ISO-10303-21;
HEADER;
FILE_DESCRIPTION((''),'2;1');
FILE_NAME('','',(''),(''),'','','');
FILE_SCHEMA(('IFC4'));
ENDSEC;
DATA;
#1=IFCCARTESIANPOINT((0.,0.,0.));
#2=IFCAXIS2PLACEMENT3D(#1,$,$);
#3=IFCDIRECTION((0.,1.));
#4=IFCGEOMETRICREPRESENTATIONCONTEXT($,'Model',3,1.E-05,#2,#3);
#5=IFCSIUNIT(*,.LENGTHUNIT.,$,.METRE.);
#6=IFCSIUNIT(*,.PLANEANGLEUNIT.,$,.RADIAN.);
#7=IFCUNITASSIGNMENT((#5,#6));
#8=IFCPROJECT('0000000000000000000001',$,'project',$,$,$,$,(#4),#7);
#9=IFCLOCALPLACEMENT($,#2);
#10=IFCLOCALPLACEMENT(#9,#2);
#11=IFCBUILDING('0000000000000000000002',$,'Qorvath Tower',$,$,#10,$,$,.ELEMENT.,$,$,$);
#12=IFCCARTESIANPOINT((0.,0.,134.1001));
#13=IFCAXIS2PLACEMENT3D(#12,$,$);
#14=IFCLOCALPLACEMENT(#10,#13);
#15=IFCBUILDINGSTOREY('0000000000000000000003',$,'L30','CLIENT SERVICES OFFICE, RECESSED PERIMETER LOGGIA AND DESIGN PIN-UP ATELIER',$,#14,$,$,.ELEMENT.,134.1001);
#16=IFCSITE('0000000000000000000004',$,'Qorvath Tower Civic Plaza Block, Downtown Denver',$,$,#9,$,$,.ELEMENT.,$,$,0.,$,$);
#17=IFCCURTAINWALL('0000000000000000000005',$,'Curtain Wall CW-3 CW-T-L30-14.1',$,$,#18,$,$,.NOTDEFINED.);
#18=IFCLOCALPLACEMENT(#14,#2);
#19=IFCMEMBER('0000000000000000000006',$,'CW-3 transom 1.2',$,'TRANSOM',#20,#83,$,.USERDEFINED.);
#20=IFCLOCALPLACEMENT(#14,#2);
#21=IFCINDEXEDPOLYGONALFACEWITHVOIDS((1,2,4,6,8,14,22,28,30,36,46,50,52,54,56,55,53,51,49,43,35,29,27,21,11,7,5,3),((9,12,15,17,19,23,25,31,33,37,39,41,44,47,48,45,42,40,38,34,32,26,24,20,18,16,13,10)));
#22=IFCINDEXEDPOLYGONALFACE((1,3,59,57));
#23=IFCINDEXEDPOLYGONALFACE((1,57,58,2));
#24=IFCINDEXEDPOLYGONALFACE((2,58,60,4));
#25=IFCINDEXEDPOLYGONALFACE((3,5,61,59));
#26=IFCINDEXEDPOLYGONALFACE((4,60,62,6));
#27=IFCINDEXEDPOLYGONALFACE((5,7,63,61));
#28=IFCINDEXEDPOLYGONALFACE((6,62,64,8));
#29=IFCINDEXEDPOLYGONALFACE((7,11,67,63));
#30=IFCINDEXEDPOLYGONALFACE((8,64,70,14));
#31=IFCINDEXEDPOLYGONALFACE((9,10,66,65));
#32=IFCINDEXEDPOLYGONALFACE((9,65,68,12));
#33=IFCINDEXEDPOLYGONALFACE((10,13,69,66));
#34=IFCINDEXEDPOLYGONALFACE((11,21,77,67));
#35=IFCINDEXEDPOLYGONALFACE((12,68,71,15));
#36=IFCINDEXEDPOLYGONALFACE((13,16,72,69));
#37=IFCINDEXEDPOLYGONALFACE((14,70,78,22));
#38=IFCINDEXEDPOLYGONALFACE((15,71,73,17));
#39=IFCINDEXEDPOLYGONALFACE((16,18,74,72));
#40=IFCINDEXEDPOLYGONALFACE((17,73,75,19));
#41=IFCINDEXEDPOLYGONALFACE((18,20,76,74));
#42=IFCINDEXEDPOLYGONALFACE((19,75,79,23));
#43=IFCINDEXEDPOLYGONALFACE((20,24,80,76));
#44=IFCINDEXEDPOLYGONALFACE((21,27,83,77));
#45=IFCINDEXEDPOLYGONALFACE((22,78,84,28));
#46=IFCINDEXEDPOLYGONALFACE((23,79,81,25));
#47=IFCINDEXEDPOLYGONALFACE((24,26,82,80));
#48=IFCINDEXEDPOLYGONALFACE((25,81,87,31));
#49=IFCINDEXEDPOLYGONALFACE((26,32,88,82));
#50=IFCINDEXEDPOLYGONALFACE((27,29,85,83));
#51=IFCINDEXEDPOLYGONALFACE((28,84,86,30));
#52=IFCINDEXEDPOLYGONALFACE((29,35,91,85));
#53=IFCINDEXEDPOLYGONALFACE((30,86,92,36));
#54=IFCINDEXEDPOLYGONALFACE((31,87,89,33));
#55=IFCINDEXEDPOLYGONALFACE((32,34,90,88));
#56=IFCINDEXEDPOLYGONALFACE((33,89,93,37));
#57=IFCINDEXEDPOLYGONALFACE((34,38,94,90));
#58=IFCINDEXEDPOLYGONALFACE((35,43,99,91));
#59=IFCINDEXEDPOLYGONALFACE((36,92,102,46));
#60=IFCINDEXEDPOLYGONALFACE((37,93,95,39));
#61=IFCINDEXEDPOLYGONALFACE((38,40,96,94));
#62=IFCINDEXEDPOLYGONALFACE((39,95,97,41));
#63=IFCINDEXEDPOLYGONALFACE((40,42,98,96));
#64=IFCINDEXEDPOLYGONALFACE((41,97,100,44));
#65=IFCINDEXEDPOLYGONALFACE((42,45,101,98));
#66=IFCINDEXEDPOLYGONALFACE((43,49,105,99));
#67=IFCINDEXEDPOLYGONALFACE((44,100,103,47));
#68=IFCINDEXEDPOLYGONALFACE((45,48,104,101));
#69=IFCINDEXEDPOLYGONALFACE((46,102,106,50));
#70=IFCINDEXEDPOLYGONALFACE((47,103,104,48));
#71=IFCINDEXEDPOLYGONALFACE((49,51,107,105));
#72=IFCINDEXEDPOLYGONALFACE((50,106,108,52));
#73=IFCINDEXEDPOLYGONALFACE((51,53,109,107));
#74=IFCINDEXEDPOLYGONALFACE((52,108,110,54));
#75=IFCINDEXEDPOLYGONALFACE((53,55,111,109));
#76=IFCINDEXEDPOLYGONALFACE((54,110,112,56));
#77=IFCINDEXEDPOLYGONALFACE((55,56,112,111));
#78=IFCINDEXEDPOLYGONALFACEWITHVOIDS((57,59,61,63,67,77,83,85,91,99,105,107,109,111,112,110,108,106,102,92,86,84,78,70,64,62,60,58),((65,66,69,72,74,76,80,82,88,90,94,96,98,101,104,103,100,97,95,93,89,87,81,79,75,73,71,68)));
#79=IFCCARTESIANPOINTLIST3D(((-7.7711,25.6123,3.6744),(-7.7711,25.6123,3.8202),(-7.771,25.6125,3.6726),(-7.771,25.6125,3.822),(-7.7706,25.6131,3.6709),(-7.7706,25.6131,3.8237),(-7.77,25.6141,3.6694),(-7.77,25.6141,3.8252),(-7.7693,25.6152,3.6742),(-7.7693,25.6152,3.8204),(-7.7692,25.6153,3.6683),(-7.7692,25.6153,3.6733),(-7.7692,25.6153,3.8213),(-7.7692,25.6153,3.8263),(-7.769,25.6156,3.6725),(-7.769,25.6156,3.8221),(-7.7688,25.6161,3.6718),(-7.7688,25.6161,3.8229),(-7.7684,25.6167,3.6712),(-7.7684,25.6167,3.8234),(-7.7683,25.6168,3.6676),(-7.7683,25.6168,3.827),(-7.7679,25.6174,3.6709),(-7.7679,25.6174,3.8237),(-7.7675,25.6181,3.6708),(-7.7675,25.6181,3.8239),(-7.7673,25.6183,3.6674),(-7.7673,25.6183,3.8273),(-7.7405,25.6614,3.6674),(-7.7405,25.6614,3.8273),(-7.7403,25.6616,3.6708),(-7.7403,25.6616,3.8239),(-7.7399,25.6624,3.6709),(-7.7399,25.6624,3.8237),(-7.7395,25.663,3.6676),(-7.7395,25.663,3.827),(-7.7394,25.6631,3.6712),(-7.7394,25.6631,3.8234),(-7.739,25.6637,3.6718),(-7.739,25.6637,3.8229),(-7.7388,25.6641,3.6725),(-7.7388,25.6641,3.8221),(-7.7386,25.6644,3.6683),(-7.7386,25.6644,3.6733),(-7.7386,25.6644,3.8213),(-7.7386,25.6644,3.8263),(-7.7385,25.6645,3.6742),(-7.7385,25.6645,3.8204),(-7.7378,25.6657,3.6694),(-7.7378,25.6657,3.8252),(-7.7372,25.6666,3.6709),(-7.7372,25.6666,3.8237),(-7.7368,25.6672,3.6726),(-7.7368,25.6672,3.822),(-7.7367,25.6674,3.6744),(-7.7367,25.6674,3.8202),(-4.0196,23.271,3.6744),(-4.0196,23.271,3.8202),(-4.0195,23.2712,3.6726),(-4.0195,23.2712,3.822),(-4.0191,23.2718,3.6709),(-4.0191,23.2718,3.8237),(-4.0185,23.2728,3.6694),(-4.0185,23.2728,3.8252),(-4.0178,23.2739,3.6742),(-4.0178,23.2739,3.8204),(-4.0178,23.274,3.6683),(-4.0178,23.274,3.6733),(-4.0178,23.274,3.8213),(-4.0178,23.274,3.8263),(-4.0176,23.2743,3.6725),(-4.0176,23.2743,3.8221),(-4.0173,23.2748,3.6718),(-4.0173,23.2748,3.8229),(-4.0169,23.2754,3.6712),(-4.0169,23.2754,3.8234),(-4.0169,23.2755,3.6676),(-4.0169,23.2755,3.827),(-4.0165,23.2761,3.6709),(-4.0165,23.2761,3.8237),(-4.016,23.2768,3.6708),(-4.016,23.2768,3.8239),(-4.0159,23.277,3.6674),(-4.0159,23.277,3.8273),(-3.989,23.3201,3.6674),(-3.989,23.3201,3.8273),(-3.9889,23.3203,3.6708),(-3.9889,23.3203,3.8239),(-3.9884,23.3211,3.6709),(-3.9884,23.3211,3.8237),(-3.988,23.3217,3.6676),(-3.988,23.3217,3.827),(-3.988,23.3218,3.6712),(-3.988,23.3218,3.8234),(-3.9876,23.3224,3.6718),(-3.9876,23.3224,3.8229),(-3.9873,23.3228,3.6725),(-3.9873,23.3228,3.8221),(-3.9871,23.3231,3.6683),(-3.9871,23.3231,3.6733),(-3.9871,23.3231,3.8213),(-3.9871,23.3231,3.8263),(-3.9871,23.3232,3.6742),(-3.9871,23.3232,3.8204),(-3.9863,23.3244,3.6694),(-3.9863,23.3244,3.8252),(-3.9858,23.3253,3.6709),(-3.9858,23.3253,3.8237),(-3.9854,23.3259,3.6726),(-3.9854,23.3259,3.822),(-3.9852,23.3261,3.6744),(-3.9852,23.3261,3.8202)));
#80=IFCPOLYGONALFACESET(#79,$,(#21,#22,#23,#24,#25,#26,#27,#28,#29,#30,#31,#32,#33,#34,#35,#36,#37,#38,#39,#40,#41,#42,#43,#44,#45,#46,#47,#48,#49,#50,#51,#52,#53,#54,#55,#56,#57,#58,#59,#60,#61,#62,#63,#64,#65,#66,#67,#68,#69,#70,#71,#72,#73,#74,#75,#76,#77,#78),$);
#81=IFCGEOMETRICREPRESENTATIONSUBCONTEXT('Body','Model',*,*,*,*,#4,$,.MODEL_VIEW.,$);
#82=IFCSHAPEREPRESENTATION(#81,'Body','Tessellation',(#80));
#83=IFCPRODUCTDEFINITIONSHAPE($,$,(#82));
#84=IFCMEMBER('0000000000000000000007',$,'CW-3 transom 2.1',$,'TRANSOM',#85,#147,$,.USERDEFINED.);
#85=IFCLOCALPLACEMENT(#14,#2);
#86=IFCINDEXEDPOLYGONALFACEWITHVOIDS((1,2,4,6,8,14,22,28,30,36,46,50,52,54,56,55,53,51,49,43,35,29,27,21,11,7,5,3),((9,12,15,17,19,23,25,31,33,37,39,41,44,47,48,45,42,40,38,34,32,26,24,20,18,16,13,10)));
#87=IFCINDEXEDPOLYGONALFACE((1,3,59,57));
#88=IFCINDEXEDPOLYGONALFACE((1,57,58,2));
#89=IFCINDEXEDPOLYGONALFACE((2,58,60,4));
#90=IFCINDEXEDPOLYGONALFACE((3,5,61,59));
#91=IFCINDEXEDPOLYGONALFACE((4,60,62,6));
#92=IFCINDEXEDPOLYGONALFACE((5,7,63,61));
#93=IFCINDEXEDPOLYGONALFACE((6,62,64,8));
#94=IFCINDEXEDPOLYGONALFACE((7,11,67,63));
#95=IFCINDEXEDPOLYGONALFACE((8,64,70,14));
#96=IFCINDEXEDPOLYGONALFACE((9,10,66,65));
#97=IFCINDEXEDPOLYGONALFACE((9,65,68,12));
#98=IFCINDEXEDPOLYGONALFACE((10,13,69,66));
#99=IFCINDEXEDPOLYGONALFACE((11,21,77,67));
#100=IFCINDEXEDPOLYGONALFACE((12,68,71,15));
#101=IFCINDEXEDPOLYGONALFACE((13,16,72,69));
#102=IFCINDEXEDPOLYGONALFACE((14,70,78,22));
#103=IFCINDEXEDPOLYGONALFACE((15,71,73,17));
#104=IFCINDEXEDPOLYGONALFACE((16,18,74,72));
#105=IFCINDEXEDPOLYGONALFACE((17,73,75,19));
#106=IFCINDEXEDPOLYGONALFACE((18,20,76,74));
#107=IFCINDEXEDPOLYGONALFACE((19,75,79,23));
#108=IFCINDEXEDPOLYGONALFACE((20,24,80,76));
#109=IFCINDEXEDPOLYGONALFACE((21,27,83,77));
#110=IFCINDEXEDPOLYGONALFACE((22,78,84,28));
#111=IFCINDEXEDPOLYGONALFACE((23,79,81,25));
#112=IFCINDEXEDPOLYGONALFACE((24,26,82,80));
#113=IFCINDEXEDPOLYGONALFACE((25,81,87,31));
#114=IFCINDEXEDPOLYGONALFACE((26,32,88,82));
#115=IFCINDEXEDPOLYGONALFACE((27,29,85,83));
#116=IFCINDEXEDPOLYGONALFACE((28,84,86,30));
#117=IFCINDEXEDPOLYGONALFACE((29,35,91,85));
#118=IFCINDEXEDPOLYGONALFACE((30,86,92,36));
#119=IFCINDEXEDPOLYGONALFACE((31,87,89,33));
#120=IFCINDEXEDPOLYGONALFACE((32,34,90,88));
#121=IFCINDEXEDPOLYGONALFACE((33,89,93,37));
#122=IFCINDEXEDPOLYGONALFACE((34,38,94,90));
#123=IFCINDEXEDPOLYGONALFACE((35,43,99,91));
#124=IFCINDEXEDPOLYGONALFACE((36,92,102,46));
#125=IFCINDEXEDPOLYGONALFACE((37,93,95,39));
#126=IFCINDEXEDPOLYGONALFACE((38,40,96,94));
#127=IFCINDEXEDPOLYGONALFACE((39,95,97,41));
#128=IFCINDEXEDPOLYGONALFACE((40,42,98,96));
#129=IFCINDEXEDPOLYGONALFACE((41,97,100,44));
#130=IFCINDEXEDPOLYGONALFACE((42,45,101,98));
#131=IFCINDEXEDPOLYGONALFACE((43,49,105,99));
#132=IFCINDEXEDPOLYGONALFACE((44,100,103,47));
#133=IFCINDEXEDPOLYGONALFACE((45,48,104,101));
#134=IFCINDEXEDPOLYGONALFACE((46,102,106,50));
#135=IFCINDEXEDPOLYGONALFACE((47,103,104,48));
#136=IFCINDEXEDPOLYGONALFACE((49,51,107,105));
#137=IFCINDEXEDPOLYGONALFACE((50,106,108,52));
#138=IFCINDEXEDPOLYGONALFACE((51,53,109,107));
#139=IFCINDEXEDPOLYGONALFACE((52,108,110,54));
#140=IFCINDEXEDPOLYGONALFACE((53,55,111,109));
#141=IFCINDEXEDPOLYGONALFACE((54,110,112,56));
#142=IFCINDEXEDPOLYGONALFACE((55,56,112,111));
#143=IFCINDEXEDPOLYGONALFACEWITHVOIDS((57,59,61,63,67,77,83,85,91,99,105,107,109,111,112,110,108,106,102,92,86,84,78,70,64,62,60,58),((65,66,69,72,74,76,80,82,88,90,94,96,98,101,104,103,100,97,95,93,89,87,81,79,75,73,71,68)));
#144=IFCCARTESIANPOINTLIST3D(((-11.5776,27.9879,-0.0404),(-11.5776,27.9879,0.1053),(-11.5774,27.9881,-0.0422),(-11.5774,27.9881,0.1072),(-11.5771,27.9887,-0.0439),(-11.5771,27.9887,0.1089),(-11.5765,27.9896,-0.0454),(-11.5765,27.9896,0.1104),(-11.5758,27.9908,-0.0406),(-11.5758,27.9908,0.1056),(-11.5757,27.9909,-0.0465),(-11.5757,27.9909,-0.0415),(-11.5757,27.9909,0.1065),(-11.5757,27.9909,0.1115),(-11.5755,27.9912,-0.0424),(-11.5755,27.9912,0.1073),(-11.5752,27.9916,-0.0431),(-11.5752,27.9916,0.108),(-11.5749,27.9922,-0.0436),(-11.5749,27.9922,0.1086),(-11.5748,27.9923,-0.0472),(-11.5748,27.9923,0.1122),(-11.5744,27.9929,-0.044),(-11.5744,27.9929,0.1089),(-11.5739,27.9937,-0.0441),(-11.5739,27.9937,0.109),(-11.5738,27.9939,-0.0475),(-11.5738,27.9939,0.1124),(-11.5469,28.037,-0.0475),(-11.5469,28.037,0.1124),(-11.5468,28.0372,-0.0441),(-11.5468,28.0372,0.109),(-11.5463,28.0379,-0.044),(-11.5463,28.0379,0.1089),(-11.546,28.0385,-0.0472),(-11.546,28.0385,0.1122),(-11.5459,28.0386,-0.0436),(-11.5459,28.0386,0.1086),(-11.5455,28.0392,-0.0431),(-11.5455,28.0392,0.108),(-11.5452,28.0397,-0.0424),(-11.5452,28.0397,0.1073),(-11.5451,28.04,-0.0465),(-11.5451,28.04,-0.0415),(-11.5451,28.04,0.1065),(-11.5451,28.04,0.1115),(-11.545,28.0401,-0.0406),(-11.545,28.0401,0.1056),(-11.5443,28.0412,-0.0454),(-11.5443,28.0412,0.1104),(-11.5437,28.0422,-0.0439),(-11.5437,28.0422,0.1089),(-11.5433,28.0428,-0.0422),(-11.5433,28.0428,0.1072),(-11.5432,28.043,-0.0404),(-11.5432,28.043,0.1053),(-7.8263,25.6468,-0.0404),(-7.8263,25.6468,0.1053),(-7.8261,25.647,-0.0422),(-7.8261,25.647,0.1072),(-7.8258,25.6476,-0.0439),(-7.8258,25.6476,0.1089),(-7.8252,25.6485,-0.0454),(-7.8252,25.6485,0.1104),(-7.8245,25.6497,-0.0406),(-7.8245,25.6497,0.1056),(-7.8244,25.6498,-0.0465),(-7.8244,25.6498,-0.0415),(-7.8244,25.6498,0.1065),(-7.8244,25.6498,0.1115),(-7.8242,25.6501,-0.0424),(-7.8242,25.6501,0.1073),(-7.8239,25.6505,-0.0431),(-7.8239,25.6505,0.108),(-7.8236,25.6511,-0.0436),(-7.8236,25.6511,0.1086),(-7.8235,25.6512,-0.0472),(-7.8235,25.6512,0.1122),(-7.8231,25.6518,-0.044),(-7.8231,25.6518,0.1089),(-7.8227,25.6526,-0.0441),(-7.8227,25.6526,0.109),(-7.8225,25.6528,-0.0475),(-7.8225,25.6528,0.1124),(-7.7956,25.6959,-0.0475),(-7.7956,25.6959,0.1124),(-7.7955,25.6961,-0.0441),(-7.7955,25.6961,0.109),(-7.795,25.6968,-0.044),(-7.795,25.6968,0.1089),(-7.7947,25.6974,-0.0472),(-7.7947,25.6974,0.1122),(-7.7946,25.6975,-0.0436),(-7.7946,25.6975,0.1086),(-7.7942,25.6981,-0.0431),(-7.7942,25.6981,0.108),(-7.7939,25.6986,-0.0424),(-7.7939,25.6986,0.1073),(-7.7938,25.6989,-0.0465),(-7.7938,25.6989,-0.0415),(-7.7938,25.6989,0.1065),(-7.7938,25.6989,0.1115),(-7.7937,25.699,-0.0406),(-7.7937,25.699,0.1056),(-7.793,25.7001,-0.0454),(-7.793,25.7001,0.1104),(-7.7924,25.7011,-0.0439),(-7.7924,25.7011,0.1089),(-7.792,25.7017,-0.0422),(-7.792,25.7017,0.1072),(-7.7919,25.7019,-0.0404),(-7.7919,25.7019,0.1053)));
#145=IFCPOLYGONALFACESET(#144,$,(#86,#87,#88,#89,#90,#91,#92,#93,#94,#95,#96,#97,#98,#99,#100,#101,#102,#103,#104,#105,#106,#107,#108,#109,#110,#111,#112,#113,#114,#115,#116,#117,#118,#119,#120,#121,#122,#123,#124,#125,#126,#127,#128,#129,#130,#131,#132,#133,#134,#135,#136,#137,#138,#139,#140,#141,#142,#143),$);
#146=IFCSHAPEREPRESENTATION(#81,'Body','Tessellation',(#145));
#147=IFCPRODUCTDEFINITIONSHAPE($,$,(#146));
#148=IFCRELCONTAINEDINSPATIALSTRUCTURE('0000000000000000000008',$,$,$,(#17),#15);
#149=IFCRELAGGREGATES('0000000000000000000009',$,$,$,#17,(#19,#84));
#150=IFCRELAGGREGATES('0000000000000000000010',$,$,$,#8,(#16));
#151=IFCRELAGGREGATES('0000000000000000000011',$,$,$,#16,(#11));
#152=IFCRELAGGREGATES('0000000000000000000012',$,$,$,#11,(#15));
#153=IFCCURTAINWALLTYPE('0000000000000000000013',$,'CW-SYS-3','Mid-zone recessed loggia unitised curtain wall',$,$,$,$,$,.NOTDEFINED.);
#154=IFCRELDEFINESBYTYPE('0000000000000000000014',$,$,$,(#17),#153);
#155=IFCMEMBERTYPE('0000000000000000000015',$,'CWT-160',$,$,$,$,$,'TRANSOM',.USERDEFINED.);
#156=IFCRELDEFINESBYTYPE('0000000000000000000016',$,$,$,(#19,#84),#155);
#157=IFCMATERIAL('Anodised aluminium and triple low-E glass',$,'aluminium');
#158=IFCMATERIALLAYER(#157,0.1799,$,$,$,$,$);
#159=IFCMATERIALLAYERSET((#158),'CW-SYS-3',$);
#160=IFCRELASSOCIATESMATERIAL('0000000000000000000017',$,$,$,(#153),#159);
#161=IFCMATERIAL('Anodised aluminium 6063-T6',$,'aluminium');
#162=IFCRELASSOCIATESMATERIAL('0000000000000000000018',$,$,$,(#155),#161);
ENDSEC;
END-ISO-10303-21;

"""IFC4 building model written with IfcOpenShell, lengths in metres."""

from ifc_helpers import new_model, si_unit, direction, frame, origin, origin_2d, place, context, subcontext, project, spatial, hollow_rectangle, extrude, material, layer, layer_set, material_profile, profile_set, type_object, element, aggregate, save


model = new_model("IFC4")

# Units and contexts
model_context = context("Model", 3, precision=1e-05, world=origin(), true_north=direction((0.0, 1.0)))
body_context = subcontext(model_context, "Body", "Model", "MODEL_VIEW")
ifc_project = project(units=[si_unit("LENGTHUNIT", "METRE"), si_unit("PLANEANGLEUNIT", "RADIAN")], contexts=[model_context])

# Site, building, storey
site_placement = place(None, origin())
site = spatial("IfcSite", under=ifc_project, at=site_placement, Name="Qorvath Tower Civic Plaza Block, Downtown Denver", CompositionType="ELEMENT", RefElevation=0.0)
building_placement = place(site_placement, origin())
building = spatial("IfcBuilding", under=site, at=building_placement, Name="Qorvath Tower", CompositionType="ELEMENT")
storey_placement = place(building_placement, frame((0.0, 0.0, 134.1001)))
storey = spatial("IfcBuildingStorey", under=building, at=storey_placement, Name="L30", Description="CLIENT SERVICES OFFICE, RECESSED PERIMETER LOGGIA AND DESIGN PIN-UP ATELIER", CompositionType="ELEMENT", Elevation=134.1001)

# Shared definitions
ifc_material_1 = material(Name="Anodised aluminium and triple low-E glass", Category="aluminium")
ifc_layer_1 = layer(ifc_material_1, 0.1799)
ifc_layer_set_1 = layer_set([ifc_layer_1], Name="CW-SYS-3")
curtain_wall_type = type_object("IfcCurtainWallType", Name="CW-SYS-3", Description="Mid-zone recessed loggia unitised curtain wall", PredefinedType="NOTDEFINED", material=ifc_layer_set_1)

# Curtain wall
curtain_wall_1_placement = place(storey_placement, origin())
curtain_wall_1 = element("IfcCurtainWall", 1, at=curtain_wall_1_placement, inside=storey, type_object=curtain_wall_type, Name="Curtain Wall CW-3 CW-T-L30-14.1", PredefinedType="NOTDEFINED")

# Members
ifc_material_2 = material(Name="Anodised aluminium 6063-T6", Category="aluminium")
ifc_material_profile_1 = material_profile(ifc_material_2, hollow_rectangle(XDim=0.0649, YDim=0.1599, WallThickness=0.0034, InnerFilletRadius=0.0034, OuterFilletRadius=0.0071, at=origin_2d()), Name="CWT 160x65")
ifc_profile_set_1 = profile_set([ifc_material_profile_1], Name="Anodised aluminium 6063-T6")
member_type_1 = type_object("IfcMemberType", Name="CWT-160", ElementType="TRANSOM", PredefinedType="USERDEFINED", material=ifc_profile_set_1)
member_1_placement = place(storey_placement, frame((-4.0024, 23.2986, 3.7473), z_axis=(-0.848339, 0.529453, 0.0), x_axis=(-0.529453, -0.848339, 0.0)))
member_1 = element("IfcMember", 2, at=member_1_placement, type_object=member_type_1, Name="CW-3 transom 1.2", ObjectType="TRANSOM", PredefinedType="USERDEFINED", context=body_context, shape_type="SweptSolid", body=[
    extrude(hollow_rectangle(XDim=0.0649, YDim=0.1599, WallThickness=0.0034, InnerFilletRadius=0.0034, OuterFilletRadius=0.0071, at=origin_2d()), origin(), (0.0, 0.0, 1.0), 4.4221),
])
member_2_placement = place(storey_placement, frame((-7.8091, 25.6743, 0.0325), z_axis=(-0.848349, 0.529438, 0.0), x_axis=(-0.529438, -0.848349, 0.0)))
member_2 = element("IfcMember", 3, at=member_2_placement, type_object=member_type_1, Name="CW-3 transom 2.1", ObjectType="TRANSOM", PredefinedType="USERDEFINED", context=body_context, shape_type="SweptSolid", body=[
    extrude(hollow_rectangle(XDim=0.0649, YDim=0.1599, WallThickness=0.0034, InnerFilletRadius=0.0034, OuterFilletRadius=0.0071, at=origin_2d()), origin(), (0.0, 0.0, 1.0), 4.4219),
])

aggregate(curtain_wall_1, [member_1, member_2])

save(model, "model.ifc")
